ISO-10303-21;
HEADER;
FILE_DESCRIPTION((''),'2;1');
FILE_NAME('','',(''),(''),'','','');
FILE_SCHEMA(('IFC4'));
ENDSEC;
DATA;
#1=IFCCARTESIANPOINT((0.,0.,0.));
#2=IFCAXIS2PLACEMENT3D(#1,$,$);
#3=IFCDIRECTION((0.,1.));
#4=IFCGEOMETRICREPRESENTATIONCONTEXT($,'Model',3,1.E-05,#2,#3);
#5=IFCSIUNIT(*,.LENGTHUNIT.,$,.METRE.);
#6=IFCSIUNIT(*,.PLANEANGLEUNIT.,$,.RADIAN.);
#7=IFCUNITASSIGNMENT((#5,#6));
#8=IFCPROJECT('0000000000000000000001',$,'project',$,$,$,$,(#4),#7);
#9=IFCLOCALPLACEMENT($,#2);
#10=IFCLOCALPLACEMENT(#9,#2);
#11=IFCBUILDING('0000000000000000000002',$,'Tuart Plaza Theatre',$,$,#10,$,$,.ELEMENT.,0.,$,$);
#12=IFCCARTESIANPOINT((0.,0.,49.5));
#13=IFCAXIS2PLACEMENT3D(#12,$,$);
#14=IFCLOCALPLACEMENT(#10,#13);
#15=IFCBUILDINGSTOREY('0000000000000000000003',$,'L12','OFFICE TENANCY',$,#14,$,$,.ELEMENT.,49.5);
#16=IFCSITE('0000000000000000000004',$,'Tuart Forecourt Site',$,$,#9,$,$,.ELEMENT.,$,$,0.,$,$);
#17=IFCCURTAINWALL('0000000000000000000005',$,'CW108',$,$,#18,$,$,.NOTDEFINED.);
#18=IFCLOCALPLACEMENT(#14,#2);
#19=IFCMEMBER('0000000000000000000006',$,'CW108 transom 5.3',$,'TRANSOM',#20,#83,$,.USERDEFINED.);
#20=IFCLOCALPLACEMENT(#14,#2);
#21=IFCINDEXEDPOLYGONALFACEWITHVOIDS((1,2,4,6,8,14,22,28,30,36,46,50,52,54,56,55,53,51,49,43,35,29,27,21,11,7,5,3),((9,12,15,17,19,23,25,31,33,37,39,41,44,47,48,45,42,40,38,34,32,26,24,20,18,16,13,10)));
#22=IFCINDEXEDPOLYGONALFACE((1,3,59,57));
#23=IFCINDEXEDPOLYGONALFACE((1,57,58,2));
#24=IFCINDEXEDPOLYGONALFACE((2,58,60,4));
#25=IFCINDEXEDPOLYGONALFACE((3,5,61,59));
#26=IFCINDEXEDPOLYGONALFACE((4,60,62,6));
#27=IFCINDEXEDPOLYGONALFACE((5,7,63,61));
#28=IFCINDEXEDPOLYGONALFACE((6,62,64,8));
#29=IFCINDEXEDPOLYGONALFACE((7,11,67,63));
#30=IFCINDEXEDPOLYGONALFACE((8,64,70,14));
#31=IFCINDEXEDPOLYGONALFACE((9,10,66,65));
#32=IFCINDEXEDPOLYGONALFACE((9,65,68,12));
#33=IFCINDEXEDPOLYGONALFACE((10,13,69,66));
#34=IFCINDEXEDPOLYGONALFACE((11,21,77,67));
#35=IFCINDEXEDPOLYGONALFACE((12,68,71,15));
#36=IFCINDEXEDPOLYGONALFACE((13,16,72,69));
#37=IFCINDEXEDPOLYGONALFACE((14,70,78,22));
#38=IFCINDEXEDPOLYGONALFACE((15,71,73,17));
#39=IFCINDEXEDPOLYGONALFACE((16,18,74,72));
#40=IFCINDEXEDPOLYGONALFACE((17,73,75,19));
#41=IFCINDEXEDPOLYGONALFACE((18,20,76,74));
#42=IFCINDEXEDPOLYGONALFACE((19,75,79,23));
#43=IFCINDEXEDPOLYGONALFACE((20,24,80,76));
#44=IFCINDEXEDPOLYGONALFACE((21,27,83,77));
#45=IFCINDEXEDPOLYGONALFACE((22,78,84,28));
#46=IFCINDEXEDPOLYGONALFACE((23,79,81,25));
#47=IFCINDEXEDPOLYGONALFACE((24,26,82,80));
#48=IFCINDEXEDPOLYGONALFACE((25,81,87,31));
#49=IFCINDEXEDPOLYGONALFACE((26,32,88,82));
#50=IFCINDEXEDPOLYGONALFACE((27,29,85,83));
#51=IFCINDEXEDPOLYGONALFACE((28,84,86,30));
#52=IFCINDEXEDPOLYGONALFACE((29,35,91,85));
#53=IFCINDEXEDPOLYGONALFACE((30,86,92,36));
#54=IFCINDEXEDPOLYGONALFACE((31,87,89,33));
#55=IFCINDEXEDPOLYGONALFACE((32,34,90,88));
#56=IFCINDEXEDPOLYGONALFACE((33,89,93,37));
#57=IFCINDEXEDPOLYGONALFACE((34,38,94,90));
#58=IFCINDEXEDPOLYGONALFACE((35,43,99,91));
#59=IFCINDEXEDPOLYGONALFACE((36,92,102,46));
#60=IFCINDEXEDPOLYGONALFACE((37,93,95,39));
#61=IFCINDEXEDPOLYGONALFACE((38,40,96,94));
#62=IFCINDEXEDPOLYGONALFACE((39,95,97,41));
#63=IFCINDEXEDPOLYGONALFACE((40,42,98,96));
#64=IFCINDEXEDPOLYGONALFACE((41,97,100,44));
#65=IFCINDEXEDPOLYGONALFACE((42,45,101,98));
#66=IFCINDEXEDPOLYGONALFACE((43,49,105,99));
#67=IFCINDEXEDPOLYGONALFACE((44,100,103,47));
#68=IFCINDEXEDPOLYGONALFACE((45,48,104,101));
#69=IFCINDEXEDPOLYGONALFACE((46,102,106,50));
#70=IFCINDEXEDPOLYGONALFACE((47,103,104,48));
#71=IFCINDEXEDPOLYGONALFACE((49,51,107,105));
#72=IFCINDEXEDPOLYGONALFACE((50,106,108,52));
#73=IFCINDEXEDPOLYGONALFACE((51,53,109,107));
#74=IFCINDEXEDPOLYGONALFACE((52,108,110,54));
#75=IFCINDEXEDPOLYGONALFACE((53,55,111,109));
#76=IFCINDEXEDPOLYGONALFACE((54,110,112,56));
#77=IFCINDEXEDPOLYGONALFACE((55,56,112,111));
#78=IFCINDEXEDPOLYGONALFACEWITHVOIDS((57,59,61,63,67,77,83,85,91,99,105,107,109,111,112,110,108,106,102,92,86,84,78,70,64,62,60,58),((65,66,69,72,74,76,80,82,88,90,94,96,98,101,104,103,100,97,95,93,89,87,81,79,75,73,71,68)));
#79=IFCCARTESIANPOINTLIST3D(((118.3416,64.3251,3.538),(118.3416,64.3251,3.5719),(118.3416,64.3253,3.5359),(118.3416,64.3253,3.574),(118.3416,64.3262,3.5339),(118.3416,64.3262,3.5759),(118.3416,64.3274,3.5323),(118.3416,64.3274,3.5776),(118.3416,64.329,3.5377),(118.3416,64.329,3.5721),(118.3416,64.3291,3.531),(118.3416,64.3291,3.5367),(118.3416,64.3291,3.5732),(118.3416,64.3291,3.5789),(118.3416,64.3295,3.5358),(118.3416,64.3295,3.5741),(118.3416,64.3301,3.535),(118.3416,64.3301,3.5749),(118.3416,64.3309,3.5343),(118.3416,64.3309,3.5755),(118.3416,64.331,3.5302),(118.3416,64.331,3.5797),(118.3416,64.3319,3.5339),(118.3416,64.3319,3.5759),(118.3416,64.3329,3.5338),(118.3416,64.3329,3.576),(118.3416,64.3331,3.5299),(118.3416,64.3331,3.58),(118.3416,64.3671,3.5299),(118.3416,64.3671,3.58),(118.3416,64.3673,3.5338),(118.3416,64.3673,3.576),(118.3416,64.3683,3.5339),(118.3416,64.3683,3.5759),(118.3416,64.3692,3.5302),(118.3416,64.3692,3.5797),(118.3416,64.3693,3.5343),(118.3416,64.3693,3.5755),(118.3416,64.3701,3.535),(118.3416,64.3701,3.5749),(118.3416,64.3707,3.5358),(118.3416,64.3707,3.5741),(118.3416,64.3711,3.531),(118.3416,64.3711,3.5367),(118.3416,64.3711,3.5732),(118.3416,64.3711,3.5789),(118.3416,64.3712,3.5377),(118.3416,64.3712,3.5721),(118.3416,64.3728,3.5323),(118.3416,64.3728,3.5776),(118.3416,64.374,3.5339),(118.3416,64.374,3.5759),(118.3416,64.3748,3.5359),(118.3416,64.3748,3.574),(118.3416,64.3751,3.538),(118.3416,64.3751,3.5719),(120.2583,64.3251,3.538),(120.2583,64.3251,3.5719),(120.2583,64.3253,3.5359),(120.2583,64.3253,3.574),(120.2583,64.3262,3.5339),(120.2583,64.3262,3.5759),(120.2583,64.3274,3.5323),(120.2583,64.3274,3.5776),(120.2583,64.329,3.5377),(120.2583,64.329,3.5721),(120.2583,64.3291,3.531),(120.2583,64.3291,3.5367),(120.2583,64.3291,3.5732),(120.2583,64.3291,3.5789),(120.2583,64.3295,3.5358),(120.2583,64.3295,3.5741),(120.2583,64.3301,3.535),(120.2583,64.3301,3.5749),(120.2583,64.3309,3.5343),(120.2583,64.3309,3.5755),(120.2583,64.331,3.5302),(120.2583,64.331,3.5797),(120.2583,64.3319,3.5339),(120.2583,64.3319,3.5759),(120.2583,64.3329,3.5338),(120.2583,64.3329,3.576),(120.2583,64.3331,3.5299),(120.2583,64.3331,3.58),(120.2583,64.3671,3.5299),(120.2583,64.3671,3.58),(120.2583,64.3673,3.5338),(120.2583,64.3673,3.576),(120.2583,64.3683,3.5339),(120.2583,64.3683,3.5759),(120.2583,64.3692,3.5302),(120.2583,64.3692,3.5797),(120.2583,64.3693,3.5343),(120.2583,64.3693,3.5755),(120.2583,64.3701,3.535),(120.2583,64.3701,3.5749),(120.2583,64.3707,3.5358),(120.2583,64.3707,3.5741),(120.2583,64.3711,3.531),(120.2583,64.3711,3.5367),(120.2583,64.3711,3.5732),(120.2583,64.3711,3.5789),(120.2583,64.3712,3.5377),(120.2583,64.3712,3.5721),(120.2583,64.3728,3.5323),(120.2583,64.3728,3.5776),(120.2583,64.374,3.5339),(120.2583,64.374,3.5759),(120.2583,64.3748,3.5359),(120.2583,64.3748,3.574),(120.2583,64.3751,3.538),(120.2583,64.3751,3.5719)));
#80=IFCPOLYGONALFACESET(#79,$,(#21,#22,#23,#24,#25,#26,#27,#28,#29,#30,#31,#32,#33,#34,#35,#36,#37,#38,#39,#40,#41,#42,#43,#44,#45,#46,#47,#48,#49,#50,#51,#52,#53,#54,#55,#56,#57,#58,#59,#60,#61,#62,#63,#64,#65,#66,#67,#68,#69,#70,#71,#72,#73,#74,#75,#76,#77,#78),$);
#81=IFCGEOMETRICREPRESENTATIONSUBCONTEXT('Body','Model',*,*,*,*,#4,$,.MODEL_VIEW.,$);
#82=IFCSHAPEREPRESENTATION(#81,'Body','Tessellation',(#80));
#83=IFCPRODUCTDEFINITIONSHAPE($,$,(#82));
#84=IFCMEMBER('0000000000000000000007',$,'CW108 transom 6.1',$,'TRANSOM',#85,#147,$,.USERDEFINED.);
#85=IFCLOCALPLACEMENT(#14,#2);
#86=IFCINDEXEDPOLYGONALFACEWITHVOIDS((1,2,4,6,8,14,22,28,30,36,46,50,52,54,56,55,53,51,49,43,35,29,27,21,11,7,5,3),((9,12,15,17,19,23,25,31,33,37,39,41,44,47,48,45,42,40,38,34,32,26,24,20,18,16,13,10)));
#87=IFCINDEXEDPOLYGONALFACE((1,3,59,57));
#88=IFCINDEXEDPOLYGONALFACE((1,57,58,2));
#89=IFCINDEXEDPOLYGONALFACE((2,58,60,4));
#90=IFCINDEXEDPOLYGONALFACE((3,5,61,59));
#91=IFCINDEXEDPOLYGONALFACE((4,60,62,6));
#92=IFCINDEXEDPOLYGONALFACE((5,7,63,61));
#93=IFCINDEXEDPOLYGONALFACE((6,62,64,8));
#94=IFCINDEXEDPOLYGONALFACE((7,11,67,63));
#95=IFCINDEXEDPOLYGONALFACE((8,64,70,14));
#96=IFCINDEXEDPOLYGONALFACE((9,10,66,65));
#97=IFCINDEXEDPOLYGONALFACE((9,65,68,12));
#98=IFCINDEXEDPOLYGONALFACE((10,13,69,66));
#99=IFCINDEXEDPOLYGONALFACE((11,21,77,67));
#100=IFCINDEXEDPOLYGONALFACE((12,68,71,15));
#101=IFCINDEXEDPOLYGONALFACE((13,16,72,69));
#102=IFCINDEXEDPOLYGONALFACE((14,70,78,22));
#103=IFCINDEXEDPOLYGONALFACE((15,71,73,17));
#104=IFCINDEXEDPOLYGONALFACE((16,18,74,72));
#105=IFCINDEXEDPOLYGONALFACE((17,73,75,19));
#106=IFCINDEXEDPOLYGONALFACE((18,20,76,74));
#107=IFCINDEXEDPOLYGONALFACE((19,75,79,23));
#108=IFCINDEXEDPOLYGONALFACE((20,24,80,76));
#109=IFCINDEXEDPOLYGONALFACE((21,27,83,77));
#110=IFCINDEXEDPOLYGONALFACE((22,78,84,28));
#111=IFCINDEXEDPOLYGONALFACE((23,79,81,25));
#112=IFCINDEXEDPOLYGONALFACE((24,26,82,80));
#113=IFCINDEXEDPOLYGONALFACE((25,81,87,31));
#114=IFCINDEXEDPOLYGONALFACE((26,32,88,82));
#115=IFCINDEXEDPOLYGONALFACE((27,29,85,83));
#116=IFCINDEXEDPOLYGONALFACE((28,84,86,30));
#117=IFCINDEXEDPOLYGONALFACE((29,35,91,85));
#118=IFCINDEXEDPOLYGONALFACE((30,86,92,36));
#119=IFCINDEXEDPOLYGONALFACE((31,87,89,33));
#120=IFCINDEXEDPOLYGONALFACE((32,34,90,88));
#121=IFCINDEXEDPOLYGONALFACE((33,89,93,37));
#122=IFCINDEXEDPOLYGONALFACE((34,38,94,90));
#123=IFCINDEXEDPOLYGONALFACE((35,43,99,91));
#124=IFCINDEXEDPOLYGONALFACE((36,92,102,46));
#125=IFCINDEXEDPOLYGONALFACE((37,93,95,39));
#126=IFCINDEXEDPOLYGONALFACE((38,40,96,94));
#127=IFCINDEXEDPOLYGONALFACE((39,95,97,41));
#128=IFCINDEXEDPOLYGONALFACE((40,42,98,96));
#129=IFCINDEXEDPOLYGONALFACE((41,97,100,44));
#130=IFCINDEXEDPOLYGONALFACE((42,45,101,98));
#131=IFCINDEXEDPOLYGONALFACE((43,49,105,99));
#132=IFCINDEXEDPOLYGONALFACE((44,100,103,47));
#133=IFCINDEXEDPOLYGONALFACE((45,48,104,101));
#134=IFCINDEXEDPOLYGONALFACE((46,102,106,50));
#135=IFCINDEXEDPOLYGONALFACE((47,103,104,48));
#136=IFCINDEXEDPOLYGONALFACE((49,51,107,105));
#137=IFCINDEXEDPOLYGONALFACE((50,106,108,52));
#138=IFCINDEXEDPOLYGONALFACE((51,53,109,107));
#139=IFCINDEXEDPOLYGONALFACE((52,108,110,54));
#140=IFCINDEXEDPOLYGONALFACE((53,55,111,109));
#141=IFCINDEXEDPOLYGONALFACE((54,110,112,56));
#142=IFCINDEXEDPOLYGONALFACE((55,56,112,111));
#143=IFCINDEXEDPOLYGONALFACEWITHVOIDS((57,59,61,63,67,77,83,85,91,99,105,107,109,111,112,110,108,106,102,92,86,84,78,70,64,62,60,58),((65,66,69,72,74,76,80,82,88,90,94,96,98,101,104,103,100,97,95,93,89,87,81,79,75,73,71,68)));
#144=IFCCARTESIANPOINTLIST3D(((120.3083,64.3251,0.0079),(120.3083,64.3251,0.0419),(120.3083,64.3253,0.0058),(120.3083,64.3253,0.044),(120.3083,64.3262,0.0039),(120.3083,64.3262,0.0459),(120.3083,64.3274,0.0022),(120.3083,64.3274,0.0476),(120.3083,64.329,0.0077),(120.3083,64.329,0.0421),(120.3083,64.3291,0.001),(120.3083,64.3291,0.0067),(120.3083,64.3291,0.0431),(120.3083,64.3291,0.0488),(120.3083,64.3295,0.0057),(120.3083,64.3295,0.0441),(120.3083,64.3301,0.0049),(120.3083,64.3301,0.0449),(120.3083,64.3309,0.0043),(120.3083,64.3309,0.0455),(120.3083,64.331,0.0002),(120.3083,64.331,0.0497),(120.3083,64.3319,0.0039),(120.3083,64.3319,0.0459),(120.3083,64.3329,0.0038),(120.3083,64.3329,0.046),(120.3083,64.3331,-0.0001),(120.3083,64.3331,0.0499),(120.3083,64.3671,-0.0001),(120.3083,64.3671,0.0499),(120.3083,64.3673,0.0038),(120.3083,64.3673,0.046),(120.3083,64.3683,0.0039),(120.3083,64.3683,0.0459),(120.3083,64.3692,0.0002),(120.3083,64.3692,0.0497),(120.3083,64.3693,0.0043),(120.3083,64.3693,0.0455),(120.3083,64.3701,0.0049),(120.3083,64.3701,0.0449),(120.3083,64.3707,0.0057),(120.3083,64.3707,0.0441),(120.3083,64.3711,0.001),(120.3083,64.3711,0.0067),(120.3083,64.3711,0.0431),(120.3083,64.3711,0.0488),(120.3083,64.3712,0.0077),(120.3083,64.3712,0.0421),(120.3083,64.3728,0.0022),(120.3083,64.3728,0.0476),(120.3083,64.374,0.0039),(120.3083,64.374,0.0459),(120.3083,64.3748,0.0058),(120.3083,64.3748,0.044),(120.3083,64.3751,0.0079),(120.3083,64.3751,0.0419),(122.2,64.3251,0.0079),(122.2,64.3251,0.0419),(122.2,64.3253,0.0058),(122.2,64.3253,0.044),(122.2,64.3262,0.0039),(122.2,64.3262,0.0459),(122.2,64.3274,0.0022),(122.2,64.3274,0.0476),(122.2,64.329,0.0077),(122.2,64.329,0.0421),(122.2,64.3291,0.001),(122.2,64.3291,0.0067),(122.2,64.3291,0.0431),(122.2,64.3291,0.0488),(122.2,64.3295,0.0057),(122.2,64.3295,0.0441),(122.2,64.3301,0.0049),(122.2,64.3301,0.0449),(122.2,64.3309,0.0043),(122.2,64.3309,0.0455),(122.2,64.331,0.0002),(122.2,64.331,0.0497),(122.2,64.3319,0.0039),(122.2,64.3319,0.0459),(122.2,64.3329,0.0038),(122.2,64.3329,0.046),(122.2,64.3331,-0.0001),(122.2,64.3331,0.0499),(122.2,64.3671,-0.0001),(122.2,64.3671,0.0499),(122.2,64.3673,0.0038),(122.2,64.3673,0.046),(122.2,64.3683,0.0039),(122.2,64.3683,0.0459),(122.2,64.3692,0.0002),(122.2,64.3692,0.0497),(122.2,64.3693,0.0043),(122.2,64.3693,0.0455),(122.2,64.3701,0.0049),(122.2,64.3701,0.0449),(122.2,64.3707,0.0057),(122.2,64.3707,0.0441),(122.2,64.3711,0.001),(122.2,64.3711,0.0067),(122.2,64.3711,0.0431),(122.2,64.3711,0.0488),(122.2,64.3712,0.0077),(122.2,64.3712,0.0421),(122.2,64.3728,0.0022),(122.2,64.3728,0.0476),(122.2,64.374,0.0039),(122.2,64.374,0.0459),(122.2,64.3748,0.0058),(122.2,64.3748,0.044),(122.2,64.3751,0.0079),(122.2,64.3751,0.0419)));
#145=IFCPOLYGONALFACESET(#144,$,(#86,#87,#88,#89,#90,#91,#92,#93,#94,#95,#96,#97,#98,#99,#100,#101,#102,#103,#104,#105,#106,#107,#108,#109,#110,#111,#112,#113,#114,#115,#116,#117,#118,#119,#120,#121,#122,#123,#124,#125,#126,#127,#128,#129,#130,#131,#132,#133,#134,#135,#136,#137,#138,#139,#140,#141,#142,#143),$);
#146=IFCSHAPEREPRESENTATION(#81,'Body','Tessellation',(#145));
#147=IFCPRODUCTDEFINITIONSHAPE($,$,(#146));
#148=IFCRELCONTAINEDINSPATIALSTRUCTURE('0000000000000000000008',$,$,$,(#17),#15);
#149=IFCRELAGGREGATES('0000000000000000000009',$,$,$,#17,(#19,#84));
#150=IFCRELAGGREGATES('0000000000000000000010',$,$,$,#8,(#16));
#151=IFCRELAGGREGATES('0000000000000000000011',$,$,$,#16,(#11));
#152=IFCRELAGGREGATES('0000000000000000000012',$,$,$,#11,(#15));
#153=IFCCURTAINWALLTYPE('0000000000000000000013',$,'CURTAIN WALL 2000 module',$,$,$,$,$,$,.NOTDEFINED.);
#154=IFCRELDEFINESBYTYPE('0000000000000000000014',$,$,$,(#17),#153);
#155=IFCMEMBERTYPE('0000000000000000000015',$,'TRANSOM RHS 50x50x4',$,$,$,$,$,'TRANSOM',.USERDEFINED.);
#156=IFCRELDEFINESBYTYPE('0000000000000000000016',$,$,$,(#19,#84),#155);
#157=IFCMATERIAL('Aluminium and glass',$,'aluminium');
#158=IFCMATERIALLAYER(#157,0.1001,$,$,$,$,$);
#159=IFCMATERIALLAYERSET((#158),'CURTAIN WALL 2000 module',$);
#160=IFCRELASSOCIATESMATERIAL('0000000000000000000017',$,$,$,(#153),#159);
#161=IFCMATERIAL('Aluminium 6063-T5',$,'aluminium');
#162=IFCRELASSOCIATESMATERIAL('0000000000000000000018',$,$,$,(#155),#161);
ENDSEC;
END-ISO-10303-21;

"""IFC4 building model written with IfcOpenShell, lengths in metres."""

from ifc_helpers import new_model, si_unit, direction, frame, origin, origin_2d, place, context, subcontext, project, spatial, hollow_rectangle, extrude, material, layer, layer_set, material_profile, profile_set, type_object, element, aggregate, save


model = new_model("IFC4")

# Units and contexts
model_context = context("Model", 3, precision=1e-05, world=origin(), true_north=direction((0.0, 1.0)))
body_context = subcontext(model_context, "Body", "Model", "MODEL_VIEW")
ifc_project = project(units=[si_unit("LENGTHUNIT", "METRE"), si_unit("PLANEANGLEUNIT", "RADIAN")], contexts=[model_context])

# Site, building, storey
site_placement = place(None, origin())
site = spatial("IfcSite", under=ifc_project, at=site_placement, Name="Tuart Forecourt Site", CompositionType="ELEMENT", RefElevation=0.0)
building_placement = place(site_placement, origin())
building = spatial("IfcBuilding", under=site, at=building_placement, Name="Tuart Plaza Theatre", CompositionType="ELEMENT", ElevationOfRefHeight=0.0)
storey_placement = place(building_placement, frame((0.0, 0.0, 49.5)))
storey = spatial("IfcBuildingStorey", under=building, at=storey_placement, Name="L12", Description="OFFICE TENANCY", CompositionType="ELEMENT", Elevation=49.5)

# Curtain wall, members
ifc_material_1 = material(Name="Aluminium and glass", Category="aluminium")
ifc_layer_1 = layer(ifc_material_1, 0.1001)
ifc_layer_set_1 = layer_set([ifc_layer_1], Name="CURTAIN WALL 2000 module")
curtain_wall_type = type_object("IfcCurtainWallType", Name="CURTAIN WALL 2000 module", PredefinedType="NOTDEFINED", material=ifc_layer_set_1)
curtain_wall_1_placement = place(storey_placement, origin())
curtain_wall_1 = element("IfcCurtainWall", 1, at=curtain_wall_1_placement, inside=storey, type_object=curtain_wall_type, Name="CW108", PredefinedType="NOTDEFINED")
ifc_material_2 = material(Name="Aluminium 6063-T5", Category="aluminium")
ifc_material_profile_1 = material_profile(ifc_material_2, hollow_rectangle(XDim=0.05, YDim=0.05, WallThickness=0.0039, InnerFilletRadius=0.0039, OuterFilletRadius=0.0081, at=origin_2d()), Name="RHS 50x50x4")
ifc_profile_set_1 = profile_set([ifc_material_profile_1], Name="Aluminium 6063-T5")
member_type_1 = type_object("IfcMemberType", Name="TRANSOM RHS 50x50x4", ElementType="TRANSOM", PredefinedType="USERDEFINED", material=ifc_profile_set_1)
member_1_placement = place(storey_placement, frame((118.3416, 64.3501, 3.5549), z_axis=(1.0, 0.0, 0.0), x_axis=(0.0, 1.0, 0.0)))
member_1 = element("IfcMember", 2, at=member_1_placement, type_object=member_type_1, Name="CW108 transom 5.3", ObjectType="TRANSOM", PredefinedType="USERDEFINED", context=body_context, shape_type="SweptSolid", body=[
    extrude(hollow_rectangle(XDim=0.05, YDim=0.05, WallThickness=0.0039, InnerFilletRadius=0.0039, OuterFilletRadius=0.0081, at=origin_2d()), origin(), (0.0, 0.0, 1.0), 1.9167),
])
member_2_placement = place(storey_placement, frame((120.3083, 64.3501, 0.0249), z_axis=(1.0, 0.0, 0.0), x_axis=(0.0, 1.0, 0.0)))
member_2 = element("IfcMember", 3, at=member_2_placement, type_object=member_type_1, Name="CW108 transom 6.1", ObjectType="TRANSOM", PredefinedType="USERDEFINED", context=body_context, shape_type="SweptSolid", body=[
    extrude(hollow_rectangle(XDim=0.05, YDim=0.05, WallThickness=0.0039, InnerFilletRadius=0.0039, OuterFilletRadius=0.0081, at=origin_2d()), origin(), (0.0, 0.0, 1.0), 1.8916),
])

aggregate(curtain_wall_1, [member_1, member_2])

save(model, "model.ifc")
